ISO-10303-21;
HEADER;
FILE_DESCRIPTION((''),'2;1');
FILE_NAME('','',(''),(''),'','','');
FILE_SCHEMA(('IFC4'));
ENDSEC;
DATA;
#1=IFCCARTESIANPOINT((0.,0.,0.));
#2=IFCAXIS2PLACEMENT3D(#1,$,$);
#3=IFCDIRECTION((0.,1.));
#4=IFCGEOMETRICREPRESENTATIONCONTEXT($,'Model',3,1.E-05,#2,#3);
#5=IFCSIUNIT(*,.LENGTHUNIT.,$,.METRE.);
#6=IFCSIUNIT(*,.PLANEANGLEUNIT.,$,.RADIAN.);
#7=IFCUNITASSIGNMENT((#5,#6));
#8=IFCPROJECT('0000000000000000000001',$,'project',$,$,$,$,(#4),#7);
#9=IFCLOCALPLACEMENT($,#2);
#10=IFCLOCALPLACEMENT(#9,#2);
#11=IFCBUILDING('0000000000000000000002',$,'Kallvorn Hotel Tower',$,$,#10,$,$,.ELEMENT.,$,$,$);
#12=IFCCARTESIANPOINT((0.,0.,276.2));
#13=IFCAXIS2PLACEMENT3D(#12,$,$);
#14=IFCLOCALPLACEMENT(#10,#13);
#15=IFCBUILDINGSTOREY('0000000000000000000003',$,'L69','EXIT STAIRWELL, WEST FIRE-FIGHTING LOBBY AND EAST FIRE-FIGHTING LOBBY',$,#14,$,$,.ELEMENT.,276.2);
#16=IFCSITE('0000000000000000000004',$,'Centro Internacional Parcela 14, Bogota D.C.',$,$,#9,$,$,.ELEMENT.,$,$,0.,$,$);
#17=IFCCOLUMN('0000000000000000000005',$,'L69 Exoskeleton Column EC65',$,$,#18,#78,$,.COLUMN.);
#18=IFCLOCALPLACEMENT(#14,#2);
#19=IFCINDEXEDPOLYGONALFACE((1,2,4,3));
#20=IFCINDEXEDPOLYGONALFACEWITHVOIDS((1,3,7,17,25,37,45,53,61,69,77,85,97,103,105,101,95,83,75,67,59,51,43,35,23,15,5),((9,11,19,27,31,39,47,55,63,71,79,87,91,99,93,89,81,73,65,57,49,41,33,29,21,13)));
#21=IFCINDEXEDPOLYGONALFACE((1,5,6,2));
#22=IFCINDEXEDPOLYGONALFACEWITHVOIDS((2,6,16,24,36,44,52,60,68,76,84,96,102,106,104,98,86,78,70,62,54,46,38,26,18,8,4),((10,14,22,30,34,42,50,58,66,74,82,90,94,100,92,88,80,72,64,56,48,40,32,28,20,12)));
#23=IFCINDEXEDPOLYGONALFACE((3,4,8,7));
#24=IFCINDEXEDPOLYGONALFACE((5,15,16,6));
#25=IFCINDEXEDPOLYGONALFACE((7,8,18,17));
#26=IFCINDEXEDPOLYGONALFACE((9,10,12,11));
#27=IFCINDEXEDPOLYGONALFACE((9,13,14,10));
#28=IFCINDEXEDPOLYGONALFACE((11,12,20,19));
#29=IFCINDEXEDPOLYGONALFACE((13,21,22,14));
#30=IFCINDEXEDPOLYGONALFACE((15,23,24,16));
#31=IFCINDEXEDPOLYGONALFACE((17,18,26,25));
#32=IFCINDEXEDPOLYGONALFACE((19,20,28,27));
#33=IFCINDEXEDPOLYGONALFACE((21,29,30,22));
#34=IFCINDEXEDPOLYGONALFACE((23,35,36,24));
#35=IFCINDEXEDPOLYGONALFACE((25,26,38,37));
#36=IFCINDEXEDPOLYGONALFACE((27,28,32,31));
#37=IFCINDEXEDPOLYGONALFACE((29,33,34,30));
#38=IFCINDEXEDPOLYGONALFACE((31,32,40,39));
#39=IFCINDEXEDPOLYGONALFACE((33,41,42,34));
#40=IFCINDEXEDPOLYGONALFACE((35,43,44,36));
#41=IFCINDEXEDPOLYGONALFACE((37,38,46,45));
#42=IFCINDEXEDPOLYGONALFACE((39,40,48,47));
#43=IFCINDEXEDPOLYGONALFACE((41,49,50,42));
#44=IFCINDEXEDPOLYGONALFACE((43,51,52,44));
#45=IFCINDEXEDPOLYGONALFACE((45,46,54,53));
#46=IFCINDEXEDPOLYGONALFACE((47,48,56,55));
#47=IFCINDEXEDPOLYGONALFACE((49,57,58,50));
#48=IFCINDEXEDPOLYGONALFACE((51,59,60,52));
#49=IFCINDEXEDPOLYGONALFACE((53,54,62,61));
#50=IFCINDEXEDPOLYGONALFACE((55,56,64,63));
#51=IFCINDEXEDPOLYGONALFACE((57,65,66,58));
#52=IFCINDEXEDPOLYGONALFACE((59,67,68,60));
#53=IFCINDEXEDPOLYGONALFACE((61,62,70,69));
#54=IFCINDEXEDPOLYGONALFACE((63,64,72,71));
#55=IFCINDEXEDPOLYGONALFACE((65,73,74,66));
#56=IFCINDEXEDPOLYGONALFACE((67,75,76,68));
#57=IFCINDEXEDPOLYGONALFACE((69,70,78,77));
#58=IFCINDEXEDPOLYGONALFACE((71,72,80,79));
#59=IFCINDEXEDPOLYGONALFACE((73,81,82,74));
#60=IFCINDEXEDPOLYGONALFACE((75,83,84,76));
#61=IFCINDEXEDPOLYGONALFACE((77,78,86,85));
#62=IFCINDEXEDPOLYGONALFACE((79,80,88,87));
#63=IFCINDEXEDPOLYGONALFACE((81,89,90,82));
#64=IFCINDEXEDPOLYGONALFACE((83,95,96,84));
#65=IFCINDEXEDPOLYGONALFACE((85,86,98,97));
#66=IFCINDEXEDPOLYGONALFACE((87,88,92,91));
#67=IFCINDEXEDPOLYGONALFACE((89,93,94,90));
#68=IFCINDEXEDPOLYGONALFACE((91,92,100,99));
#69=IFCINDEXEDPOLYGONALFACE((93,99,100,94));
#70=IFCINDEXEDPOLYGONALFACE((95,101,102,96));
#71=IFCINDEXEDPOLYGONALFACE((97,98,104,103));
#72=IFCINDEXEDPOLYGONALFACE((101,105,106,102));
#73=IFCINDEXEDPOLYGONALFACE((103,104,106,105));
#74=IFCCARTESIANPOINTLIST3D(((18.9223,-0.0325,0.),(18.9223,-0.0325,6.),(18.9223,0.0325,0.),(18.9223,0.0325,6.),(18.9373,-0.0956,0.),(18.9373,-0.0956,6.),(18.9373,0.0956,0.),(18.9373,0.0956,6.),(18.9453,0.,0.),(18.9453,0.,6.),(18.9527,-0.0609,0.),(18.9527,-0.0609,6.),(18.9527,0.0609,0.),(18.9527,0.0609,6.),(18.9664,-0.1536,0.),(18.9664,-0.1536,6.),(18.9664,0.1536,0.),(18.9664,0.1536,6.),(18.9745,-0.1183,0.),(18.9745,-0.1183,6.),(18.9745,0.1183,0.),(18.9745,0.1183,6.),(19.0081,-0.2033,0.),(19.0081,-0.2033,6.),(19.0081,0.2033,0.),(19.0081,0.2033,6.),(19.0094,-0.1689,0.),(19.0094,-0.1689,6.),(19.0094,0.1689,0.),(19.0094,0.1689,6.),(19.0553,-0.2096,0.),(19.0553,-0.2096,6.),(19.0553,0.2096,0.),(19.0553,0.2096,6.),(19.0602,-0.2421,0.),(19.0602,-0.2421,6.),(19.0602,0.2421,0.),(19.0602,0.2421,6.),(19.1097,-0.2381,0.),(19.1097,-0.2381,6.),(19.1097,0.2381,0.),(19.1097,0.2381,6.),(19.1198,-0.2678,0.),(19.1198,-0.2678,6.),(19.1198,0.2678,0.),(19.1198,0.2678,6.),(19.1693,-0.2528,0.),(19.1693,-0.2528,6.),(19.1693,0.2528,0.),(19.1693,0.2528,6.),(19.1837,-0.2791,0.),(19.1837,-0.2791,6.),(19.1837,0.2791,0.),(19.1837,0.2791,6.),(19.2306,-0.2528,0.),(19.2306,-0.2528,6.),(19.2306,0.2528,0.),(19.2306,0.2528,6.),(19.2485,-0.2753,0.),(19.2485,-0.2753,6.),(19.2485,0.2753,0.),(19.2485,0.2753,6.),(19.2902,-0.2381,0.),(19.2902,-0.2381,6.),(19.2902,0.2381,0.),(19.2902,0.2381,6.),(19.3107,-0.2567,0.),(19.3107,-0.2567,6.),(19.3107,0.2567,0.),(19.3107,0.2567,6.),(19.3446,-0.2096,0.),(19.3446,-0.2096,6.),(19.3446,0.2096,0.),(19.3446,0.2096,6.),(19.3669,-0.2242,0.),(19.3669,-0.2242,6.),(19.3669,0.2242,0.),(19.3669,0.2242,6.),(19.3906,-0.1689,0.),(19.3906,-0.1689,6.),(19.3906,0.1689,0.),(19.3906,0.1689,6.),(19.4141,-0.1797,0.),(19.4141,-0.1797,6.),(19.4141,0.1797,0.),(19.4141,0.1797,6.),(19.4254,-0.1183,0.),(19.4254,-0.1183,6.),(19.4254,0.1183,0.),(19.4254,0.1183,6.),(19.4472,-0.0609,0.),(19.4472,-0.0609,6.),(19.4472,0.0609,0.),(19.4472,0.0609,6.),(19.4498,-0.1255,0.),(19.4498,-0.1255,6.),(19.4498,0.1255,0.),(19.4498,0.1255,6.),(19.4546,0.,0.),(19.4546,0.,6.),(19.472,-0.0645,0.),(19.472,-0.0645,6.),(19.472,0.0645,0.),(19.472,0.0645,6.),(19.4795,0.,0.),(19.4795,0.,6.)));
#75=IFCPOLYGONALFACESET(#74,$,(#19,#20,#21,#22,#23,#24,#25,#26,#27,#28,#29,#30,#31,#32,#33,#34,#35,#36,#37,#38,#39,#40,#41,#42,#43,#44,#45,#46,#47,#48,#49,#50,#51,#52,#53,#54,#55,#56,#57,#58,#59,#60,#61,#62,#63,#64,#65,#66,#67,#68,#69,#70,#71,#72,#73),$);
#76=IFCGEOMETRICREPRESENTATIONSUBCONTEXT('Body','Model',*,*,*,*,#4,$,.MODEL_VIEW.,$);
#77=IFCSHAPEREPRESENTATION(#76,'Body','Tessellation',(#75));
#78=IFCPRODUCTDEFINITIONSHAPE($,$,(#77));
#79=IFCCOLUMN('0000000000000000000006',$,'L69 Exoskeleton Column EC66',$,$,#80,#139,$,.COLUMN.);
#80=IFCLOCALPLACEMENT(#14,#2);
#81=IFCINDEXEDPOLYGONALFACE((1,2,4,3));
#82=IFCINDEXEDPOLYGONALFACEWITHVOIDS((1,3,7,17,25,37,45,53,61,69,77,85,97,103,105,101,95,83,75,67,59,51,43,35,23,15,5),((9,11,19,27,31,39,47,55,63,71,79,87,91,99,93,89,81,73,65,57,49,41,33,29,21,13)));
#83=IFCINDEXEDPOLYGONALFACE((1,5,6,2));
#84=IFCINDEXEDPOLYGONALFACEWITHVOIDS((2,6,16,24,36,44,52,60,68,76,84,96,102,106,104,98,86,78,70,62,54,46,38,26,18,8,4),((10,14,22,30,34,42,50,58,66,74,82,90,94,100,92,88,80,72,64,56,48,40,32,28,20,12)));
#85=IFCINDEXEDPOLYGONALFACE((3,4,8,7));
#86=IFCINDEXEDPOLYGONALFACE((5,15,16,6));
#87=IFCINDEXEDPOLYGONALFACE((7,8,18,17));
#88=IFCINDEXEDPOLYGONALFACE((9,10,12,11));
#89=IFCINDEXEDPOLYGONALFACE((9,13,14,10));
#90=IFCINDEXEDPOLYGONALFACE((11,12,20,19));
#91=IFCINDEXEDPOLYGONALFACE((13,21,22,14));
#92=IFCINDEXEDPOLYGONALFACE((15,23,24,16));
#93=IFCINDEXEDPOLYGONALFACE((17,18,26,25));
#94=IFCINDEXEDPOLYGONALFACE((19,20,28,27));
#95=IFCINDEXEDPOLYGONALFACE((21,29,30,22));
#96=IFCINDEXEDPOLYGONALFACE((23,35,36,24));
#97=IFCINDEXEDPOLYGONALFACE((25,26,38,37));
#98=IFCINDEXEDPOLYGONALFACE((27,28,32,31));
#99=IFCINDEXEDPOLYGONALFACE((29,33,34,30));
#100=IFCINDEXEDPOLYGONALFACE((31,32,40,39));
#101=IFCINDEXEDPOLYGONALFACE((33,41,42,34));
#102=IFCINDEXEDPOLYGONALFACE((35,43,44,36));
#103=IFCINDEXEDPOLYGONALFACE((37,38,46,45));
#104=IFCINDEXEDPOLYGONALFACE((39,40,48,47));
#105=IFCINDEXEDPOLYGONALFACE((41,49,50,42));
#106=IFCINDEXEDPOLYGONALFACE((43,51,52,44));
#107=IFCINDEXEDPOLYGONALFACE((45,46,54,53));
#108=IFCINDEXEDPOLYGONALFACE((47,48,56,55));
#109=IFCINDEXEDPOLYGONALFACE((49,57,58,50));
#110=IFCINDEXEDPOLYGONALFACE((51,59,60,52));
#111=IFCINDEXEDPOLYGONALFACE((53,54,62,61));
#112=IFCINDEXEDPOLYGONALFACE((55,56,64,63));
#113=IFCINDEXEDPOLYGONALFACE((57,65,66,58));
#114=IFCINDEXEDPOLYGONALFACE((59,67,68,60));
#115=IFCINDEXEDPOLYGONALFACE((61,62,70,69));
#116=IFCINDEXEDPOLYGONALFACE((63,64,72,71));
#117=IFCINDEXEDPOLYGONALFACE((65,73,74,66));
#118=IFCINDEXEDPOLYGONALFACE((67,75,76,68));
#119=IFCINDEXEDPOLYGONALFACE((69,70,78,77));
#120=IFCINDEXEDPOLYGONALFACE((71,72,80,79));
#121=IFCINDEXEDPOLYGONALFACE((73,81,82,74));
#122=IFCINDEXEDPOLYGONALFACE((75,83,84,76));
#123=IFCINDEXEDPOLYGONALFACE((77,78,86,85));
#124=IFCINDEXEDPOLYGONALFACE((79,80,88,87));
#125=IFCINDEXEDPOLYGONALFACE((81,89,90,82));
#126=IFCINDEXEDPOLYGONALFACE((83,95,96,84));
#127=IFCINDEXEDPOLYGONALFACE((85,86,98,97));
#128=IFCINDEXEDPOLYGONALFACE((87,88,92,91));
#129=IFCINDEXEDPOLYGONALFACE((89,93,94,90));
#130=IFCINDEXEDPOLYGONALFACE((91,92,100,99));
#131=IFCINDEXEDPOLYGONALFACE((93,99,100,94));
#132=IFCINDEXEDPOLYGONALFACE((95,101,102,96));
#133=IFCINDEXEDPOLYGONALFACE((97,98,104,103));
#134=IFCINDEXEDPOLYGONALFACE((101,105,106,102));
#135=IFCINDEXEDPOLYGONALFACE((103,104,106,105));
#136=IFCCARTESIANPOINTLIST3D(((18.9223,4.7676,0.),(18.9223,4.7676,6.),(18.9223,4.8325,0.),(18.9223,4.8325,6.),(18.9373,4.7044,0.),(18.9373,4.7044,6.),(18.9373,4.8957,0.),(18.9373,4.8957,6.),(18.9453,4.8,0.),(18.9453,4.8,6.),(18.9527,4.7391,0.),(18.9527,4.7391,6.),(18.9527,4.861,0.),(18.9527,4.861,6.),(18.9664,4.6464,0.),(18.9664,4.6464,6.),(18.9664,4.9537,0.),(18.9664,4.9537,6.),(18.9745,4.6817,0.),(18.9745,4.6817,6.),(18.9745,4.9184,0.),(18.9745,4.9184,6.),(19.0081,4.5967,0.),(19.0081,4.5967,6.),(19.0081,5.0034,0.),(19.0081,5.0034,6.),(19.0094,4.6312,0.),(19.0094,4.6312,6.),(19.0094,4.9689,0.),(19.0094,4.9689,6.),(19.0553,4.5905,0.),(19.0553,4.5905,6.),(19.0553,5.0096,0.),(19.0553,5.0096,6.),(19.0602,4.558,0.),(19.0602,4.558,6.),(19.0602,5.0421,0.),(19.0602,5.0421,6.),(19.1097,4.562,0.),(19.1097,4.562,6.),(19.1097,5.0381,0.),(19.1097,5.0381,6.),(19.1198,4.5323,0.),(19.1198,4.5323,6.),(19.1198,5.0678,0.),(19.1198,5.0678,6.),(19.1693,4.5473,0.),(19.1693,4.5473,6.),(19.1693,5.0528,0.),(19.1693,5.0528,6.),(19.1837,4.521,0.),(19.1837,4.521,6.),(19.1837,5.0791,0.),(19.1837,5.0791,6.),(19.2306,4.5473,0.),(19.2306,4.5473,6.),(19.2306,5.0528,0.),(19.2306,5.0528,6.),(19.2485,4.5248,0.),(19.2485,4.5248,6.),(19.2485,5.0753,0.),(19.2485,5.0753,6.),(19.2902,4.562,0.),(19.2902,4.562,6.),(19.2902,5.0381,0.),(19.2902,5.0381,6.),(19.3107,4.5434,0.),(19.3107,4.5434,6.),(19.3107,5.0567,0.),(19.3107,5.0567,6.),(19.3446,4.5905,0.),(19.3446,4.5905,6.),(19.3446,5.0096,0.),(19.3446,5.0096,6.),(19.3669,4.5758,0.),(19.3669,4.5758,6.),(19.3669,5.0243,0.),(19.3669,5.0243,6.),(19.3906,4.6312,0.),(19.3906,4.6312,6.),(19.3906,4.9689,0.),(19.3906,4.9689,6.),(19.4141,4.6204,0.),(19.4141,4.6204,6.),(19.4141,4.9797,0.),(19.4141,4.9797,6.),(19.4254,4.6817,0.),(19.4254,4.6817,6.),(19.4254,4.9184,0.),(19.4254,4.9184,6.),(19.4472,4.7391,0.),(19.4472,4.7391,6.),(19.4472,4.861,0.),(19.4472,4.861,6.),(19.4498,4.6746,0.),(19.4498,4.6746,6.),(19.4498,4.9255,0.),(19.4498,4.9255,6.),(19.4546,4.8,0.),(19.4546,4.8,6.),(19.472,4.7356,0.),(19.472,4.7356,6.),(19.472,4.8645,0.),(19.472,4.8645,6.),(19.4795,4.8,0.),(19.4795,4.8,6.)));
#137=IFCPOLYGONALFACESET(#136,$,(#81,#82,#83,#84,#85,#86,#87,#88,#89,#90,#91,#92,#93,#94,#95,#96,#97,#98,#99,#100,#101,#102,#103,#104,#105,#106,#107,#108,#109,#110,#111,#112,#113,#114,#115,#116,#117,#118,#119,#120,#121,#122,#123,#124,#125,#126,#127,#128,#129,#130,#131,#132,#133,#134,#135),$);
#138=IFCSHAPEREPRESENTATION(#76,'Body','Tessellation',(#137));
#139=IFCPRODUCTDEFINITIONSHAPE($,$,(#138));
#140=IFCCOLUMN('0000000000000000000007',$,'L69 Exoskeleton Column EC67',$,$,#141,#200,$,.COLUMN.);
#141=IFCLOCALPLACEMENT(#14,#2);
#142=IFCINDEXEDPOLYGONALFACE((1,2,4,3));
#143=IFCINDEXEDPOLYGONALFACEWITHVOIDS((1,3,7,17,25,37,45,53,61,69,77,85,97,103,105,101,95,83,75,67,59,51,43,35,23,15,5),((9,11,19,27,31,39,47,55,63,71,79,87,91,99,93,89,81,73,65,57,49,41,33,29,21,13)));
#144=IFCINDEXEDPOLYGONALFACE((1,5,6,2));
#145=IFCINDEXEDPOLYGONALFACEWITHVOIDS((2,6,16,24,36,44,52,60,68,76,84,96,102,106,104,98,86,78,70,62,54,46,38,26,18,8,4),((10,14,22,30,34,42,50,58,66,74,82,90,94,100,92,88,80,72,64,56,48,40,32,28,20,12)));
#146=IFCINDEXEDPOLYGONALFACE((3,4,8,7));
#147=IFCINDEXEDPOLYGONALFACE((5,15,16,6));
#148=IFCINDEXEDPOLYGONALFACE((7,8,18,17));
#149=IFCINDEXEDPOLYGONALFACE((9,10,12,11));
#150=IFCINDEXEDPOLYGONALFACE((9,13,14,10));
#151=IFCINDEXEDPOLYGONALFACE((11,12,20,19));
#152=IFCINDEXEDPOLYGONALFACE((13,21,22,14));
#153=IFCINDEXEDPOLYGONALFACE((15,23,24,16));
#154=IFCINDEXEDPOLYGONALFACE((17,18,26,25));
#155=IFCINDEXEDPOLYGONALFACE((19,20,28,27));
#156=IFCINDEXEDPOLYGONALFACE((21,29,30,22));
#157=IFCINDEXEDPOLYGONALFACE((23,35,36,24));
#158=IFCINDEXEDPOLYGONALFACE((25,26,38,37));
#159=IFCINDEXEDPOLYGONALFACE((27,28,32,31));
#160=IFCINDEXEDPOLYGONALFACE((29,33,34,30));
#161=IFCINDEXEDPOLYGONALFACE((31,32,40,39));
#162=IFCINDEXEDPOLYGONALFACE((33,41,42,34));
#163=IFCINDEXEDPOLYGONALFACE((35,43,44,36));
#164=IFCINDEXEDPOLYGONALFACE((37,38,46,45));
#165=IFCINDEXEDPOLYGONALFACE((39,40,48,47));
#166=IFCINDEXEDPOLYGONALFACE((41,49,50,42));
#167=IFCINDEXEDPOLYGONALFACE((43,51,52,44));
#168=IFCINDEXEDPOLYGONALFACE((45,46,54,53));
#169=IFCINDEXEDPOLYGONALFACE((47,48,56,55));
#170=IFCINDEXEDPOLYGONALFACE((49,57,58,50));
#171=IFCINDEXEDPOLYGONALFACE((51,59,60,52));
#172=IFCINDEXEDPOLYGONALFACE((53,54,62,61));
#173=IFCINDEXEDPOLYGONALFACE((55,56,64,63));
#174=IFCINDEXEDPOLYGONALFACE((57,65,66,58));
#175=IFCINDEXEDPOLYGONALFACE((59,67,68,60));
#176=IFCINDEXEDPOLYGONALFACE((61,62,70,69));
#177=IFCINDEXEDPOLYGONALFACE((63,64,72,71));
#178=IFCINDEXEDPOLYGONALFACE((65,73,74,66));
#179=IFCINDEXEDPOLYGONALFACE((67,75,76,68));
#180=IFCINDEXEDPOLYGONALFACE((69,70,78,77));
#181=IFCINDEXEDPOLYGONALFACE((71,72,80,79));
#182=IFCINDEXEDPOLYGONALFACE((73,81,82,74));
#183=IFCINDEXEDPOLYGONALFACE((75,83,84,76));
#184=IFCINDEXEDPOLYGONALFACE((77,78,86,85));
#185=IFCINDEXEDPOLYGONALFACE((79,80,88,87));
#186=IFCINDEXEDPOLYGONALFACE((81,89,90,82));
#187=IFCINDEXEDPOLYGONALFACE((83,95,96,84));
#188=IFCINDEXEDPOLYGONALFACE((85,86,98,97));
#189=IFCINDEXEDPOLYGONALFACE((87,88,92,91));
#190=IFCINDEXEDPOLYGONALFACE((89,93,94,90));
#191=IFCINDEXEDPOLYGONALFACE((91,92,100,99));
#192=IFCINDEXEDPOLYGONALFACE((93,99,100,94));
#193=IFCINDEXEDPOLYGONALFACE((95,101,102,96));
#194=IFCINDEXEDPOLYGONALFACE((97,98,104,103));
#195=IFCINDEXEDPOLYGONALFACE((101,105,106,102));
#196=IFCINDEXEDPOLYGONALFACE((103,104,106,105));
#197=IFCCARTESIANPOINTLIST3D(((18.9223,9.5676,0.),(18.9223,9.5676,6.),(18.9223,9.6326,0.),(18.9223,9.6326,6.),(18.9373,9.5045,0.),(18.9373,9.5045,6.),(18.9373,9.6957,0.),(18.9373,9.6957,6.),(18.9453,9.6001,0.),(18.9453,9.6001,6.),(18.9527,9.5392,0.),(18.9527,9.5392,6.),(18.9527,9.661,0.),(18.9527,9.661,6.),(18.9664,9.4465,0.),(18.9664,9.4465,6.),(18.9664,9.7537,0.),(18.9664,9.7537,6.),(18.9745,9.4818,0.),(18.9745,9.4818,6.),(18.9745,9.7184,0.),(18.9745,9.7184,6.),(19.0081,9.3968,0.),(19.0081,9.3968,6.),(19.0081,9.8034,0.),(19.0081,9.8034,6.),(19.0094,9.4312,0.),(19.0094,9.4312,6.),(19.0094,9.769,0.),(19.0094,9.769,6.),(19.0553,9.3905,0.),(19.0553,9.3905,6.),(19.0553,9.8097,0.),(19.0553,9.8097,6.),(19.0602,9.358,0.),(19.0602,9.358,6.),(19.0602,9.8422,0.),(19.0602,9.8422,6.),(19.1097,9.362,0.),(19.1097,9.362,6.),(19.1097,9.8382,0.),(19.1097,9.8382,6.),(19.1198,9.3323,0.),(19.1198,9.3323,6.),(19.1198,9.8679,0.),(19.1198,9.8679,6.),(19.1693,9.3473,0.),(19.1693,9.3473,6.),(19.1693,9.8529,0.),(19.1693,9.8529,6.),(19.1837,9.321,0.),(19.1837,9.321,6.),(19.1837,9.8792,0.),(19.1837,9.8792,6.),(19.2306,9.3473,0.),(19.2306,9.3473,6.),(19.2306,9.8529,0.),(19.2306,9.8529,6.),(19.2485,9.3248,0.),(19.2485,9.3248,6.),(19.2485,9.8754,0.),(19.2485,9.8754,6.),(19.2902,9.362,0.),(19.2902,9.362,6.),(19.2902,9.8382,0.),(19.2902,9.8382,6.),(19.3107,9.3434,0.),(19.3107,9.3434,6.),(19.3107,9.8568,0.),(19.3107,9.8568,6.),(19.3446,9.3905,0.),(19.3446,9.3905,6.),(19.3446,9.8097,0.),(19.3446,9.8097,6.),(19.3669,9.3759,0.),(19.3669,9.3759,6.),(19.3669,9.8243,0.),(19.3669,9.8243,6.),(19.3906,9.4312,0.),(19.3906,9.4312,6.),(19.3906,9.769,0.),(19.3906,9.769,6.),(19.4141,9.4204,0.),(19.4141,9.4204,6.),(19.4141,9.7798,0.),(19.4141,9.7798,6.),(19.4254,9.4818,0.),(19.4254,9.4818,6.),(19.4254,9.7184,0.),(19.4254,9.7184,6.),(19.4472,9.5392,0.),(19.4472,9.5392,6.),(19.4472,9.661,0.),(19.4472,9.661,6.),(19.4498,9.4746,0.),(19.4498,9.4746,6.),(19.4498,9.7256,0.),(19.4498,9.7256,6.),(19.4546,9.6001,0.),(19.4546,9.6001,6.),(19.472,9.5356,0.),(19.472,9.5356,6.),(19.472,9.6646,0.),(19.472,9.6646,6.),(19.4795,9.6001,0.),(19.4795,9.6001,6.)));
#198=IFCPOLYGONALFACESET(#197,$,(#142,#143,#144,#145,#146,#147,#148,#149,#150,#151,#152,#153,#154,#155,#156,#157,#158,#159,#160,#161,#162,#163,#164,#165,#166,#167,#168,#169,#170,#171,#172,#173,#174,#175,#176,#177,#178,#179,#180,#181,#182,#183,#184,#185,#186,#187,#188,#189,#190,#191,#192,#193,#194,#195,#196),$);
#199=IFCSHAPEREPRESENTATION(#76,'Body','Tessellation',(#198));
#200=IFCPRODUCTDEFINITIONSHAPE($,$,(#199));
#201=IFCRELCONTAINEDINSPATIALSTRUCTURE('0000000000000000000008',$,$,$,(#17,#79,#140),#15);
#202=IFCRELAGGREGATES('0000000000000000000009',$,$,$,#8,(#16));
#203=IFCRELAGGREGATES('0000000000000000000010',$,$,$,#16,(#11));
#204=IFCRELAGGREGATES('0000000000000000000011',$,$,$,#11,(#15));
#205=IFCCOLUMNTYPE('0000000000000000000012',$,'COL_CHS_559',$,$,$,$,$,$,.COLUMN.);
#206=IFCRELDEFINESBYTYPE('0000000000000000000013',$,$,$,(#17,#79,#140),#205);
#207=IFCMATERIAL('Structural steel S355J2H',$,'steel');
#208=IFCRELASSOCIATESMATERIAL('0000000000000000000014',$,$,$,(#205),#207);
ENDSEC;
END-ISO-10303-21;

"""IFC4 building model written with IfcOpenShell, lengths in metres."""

from ifc_helpers import new_model, si_unit, direction, frame, origin, origin_2d, place, context, subcontext, project, spatial, hollow_circle, extrude, material, material_profile, profile_set, type_object, element, save


model = new_model("IFC4")

# Units and contexts
model_context = context("Model", 3, precision=1e-05, world=origin(), true_north=direction((0.0, 1.0)))
body_context = subcontext(model_context, "Body", "Model", "MODEL_VIEW")
ifc_project = project(units=[si_unit("LENGTHUNIT", "METRE"), si_unit("PLANEANGLEUNIT", "RADIAN")], contexts=[model_context])

# Site, building, storey
site_placement = place(None, origin())
site = spatial("IfcSite", under=ifc_project, at=site_placement, Name="Centro Internacional Parcela 14, Bogota D.C.", CompositionType="ELEMENT", RefElevation=0.0)
building_placement = place(site_placement, origin())
building = spatial("IfcBuilding", under=site, at=building_placement, Name="Kallvorn Hotel Tower", CompositionType="ELEMENT")
storey_placement = place(building_placement, frame((0.0, 0.0, 276.2)))
storey = spatial("IfcBuildingStorey", under=building, at=storey_placement, Name="L69", Description="EXIT STAIRWELL, WEST FIRE-FIGHTING LOBBY AND EAST FIRE-FIGHTING LOBBY", CompositionType="ELEMENT", Elevation=276.2)

# Columns
ifc_material_1 = material(Name="Structural steel S355J2H", Category="steel")
ifc_material_profile_1 = material_profile(ifc_material_1, hollow_circle(Radius=0.2795, WallThickness=0.0249, at=origin_2d()), Name="CHS 559x25")
ifc_profile_set_1 = profile_set([ifc_material_profile_1], Name="Structural steel S355J2H")
column_type_1 = type_object("IfcColumnType", Name="COL_CHS_559", PredefinedType="COLUMN", material=ifc_profile_set_1)
for number, where, z_axis, x_axis, name in (
    (1, (19.2, 0.0, 0.0), (0.0, 0.0, 1.0), (1.0, 0.0, 0.0), "L69 Exoskeleton Column EC65"),
    (2, (19.2, 4.8, 0.0), (0.0, 0.0, 1.0), (1.0, 0.0, 0.0), "L69 Exoskeleton Column EC66"),
    (3, (19.2, 9.6001, 0.0), (0.0, 0.0, 1.0), (1.0, 0.0, 0.0), "L69 Exoskeleton Column EC67"),
):
    element("IfcColumn", number, at=place(storey_placement, frame(where, z_axis=z_axis, x_axis=x_axis)), inside=storey, type_object=column_type_1, Name=name, PredefinedType="COLUMN", context=body_context, shape_type="SweptSolid", body=[
        extrude(hollow_circle(Radius=0.2795, WallThickness=0.0249, at=origin_2d()), origin(), (0.0, 0.0, 1.0), 6.0),
    ])

save(model, "model.ifc")
